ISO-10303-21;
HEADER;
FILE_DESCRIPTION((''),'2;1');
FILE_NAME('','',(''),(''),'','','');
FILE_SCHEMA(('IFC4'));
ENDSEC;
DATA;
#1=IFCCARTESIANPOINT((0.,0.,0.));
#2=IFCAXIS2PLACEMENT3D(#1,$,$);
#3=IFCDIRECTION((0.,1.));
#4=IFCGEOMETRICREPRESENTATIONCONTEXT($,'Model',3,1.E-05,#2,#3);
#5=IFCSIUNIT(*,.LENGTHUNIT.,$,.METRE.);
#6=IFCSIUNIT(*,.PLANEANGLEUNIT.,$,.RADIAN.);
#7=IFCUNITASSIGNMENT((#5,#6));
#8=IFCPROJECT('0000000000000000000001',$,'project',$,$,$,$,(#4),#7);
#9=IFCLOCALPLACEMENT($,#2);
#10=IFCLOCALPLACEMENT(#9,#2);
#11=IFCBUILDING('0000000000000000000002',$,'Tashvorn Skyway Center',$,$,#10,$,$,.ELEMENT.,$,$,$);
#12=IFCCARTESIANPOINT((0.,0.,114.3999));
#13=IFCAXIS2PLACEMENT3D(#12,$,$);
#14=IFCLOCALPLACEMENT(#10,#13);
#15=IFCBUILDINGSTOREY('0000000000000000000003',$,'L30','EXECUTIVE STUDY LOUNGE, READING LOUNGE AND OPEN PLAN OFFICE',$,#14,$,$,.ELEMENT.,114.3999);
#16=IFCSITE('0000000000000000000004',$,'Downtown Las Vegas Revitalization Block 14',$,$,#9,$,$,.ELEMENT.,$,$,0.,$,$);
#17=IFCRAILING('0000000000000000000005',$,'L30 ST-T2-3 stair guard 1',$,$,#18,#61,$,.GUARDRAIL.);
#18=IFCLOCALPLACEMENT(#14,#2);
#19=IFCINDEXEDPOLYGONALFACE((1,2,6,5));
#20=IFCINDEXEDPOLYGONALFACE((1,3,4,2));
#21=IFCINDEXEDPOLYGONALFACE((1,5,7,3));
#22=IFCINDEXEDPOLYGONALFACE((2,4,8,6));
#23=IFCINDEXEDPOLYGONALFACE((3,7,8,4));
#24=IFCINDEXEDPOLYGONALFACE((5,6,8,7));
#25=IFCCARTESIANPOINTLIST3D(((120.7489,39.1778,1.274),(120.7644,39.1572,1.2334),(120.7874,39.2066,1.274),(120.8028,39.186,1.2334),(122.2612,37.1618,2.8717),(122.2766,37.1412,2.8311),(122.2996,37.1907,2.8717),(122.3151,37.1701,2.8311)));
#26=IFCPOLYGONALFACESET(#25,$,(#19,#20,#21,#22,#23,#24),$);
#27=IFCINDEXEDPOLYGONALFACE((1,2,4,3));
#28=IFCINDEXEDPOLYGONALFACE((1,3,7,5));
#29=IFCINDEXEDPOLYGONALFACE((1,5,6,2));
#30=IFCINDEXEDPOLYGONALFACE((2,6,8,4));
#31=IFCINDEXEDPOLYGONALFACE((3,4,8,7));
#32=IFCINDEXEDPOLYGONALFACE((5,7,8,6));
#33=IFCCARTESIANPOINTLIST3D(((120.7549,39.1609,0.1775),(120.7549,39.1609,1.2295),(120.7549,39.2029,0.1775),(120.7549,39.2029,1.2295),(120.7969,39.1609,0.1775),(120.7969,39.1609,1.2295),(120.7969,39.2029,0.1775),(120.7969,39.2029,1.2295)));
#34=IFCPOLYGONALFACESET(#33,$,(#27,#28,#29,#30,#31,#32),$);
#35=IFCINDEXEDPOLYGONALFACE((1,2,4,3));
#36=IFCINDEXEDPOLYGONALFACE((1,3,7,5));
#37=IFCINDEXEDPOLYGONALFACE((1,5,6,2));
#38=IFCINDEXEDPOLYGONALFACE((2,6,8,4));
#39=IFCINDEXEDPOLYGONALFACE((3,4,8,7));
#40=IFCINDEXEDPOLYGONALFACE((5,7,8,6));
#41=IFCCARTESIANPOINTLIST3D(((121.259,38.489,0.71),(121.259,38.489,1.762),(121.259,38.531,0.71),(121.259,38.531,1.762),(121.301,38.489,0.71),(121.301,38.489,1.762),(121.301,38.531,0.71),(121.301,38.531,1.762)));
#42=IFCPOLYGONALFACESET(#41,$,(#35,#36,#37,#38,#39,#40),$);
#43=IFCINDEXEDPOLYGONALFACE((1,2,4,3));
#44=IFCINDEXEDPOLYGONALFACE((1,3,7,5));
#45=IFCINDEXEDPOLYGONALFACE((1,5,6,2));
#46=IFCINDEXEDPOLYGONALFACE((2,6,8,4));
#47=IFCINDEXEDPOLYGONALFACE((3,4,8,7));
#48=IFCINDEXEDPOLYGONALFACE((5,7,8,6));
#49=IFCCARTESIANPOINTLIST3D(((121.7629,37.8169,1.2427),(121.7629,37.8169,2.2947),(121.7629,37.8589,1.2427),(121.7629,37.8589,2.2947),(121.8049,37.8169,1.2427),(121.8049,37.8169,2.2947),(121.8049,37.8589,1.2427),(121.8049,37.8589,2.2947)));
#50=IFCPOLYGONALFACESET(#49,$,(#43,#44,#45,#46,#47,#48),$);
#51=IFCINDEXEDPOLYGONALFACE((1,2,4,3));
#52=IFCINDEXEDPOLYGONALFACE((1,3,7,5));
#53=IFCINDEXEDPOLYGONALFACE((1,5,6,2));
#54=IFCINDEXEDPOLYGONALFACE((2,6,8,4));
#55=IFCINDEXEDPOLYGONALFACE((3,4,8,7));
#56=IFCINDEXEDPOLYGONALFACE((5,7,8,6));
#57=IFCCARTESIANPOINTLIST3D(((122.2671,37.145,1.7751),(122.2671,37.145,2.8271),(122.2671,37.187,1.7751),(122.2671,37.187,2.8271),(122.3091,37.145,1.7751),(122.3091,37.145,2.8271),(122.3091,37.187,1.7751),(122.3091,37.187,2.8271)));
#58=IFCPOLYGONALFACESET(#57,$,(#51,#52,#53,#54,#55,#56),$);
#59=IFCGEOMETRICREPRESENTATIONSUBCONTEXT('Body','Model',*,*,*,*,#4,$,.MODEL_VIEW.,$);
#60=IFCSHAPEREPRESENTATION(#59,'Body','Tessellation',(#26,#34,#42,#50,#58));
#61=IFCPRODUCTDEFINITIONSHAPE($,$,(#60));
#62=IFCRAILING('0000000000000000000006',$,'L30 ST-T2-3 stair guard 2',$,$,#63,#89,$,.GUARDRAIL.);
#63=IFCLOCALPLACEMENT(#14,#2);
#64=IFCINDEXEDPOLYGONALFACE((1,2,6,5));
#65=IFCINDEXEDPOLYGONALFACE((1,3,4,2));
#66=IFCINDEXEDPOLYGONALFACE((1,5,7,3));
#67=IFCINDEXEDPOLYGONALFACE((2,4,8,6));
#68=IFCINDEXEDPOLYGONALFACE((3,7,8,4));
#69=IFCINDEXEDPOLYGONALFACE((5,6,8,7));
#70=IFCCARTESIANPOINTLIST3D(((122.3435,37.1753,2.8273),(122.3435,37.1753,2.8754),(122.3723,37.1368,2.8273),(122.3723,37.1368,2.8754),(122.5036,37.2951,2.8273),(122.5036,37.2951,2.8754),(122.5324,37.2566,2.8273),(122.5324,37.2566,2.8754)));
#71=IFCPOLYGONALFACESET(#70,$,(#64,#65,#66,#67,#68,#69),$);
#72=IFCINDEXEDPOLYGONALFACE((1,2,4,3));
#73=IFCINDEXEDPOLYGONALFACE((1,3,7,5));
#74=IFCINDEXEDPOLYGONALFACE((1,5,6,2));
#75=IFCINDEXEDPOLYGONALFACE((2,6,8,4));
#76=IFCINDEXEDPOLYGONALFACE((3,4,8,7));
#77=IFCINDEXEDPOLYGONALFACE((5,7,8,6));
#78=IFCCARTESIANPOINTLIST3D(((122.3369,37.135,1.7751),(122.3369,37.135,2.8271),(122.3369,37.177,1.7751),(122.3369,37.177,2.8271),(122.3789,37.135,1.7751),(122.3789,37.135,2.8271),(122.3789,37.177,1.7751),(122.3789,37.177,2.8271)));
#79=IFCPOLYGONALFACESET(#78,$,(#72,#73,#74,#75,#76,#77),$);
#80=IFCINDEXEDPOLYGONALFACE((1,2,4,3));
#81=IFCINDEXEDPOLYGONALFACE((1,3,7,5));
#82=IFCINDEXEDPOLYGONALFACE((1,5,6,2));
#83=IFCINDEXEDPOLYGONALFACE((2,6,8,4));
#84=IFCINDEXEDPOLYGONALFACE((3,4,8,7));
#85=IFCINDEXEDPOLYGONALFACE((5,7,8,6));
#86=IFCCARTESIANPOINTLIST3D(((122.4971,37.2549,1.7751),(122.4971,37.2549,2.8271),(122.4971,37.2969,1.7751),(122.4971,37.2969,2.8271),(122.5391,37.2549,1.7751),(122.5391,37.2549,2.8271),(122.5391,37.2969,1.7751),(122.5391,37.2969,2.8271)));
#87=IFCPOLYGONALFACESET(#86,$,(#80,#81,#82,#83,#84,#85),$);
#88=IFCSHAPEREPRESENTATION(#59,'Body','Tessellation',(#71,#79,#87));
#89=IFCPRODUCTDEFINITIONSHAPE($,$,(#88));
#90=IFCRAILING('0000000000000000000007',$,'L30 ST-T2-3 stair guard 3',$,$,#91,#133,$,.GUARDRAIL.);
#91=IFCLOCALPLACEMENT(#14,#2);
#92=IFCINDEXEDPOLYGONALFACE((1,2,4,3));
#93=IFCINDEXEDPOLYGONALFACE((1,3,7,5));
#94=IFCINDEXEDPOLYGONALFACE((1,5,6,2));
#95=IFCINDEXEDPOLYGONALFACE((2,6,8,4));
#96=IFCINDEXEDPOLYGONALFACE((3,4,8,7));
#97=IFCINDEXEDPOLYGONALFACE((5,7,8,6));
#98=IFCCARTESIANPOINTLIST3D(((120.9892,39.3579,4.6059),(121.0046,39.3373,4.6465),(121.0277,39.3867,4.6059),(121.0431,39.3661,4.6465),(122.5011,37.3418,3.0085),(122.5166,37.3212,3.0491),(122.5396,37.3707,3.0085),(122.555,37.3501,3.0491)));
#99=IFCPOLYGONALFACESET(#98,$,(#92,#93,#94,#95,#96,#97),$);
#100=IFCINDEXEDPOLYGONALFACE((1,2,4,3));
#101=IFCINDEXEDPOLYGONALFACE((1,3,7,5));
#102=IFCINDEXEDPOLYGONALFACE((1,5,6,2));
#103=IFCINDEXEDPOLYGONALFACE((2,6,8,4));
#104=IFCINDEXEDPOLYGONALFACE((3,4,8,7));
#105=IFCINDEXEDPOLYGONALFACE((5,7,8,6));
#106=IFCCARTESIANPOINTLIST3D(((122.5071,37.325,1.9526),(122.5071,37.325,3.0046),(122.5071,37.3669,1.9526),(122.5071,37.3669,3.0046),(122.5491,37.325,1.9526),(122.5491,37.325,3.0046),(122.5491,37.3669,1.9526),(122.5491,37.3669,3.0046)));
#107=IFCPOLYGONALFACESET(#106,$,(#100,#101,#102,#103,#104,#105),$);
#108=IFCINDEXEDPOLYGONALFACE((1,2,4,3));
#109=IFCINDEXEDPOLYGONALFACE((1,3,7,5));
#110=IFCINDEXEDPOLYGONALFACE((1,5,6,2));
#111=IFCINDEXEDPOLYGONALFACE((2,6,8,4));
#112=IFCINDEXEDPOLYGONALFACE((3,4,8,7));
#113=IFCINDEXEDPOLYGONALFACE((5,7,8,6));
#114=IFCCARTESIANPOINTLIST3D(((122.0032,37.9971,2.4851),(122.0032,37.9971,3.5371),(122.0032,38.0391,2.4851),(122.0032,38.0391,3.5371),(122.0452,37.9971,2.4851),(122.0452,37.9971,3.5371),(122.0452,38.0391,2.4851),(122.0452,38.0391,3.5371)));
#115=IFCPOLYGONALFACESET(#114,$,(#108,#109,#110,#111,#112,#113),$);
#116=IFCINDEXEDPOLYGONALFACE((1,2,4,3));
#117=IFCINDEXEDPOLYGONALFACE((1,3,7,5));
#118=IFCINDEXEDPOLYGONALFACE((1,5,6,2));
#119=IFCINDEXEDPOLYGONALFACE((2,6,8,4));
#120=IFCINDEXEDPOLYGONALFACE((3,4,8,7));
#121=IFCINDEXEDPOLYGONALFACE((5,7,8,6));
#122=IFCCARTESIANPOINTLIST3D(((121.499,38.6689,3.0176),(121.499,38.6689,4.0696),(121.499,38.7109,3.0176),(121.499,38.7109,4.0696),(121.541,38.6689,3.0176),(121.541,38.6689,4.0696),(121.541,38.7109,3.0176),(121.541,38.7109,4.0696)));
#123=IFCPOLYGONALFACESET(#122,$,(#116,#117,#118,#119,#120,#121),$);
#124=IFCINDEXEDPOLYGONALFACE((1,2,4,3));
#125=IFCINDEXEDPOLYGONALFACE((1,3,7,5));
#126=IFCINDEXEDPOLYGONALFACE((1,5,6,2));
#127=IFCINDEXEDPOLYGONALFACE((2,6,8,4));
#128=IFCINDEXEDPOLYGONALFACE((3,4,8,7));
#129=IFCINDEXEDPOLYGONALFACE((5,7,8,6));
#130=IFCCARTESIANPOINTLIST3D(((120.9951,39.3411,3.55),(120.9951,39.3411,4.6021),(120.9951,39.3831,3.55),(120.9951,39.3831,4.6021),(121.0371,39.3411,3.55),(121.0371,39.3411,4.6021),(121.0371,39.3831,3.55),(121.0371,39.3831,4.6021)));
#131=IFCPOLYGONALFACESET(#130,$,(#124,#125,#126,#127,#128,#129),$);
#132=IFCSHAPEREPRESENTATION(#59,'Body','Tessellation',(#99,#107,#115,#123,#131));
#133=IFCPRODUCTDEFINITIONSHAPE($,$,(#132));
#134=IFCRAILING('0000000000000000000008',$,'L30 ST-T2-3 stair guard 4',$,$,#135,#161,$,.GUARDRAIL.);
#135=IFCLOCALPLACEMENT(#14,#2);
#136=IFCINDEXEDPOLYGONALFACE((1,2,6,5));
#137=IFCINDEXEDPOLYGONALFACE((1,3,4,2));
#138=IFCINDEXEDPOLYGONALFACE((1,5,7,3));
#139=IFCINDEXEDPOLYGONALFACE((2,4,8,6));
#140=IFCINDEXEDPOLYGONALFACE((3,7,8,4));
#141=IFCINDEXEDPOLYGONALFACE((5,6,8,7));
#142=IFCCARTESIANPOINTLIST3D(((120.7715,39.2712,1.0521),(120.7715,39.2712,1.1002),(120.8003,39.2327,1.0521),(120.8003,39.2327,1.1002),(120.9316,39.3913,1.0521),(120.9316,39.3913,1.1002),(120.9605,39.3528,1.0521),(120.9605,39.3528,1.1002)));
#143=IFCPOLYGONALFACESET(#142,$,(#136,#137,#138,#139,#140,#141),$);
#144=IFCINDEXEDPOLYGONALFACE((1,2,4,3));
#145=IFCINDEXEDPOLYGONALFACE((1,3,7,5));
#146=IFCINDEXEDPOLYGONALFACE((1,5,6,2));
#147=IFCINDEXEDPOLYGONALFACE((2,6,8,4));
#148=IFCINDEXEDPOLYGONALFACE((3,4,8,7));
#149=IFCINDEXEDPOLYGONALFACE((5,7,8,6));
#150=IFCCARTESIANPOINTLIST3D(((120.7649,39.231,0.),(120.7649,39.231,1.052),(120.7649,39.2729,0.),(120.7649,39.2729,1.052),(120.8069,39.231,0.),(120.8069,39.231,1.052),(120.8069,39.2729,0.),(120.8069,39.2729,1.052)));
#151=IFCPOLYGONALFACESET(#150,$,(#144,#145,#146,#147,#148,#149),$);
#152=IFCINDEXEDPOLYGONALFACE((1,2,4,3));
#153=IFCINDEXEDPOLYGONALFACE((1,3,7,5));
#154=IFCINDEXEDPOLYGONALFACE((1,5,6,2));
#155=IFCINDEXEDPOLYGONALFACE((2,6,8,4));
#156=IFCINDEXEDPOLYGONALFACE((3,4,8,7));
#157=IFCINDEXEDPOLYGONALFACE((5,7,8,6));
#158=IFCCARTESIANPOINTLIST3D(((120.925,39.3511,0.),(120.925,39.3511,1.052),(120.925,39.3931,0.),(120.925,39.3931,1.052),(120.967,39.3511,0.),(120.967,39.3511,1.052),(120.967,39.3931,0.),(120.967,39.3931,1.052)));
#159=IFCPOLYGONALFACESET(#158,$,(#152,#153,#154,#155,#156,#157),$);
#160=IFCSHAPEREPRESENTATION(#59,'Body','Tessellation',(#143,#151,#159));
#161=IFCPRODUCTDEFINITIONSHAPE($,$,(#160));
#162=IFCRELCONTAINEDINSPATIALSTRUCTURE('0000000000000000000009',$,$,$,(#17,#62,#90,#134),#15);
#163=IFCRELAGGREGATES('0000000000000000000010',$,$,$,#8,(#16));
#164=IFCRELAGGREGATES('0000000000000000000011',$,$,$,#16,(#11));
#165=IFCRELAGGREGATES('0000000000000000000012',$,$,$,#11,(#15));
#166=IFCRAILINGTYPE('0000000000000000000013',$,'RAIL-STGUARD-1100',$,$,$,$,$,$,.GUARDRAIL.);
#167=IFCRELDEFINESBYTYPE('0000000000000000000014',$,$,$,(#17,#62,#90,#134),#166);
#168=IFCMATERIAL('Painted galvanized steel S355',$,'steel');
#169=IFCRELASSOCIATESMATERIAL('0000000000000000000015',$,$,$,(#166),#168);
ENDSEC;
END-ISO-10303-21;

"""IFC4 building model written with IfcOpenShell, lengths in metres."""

from ifc_helpers import new_model, si_unit, direction, frame, origin, origin_2d, place, context, subcontext, project, spatial, rectangle, extrude, material, type_object, element, save


model = new_model("IFC4")

# Units and contexts
model_context = context("Model", 3, precision=1e-05, world=origin(), true_north=direction((0.0, 1.0)))
body_context = subcontext(model_context, "Body", "Model", "MODEL_VIEW")
ifc_project = project(units=[si_unit("LENGTHUNIT", "METRE"), si_unit("PLANEANGLEUNIT", "RADIAN")], contexts=[model_context])

# Site, building, storey
site_placement = place(None, origin())
site = spatial("IfcSite", under=ifc_project, at=site_placement, Name="Downtown Las Vegas Revitalization Block 14", CompositionType="ELEMENT", RefElevation=0.0)
building_placement = place(site_placement, origin())
building = spatial("IfcBuilding", under=site, at=building_placement, Name="Tashvorn Skyway Center", CompositionType="ELEMENT")
storey_placement = place(building_placement, frame((0.0, 0.0, 114.3999)))
storey = spatial("IfcBuildingStorey", under=building, at=storey_placement, Name="L30", Description="EXECUTIVE STUDY LOUNGE, READING LOUNGE AND OPEN PLAN OFFICE", CompositionType="ELEMENT", Elevation=114.3999)

# Railings
ifc_material_1 = material(Name="Painted galvanized steel S355", Category="steel")
railing_type_1 = type_object("IfcRailingType", Name="RAIL-STGUARD-1100", PredefinedType="GUARDRAIL", material=ifc_material_1)
railing_1_placement = place(storey_placement, frame((120.7759, 39.1819, 0.1775)))
element("IfcRailing", 1, at=railing_1_placement, inside=storey, type_object=railing_type_1, Name="L30 ST-T2-3 stair guard 1", PredefinedType="GUARDRAIL", context=body_context, shape_type="SweptSolid", body=[
    extrude(rectangle(XDim=0.0481, YDim=0.0481, at=origin_2d()), frame((0.0, 0.0, 1.0762), z_axis=(0.506807, -0.675607, 0.535445), x_axis=(0.799942, 0.600078, 0.0)), (0.0, 0.0, 1.0), 2.9839),
    extrude(rectangle(XDim=0.042, YDim=0.042, at=origin_2d()), origin(), (0.0, 0.0, 1.0), 1.052),
    extrude(rectangle(XDim=0.042, YDim=0.042, at=origin_2d()), frame((0.5042, -0.6719, 0.5325)), (0.0, 0.0, 1.0), 1.052),
    extrude(rectangle(XDim=0.042, YDim=0.042, at=origin_2d()), frame((1.0081, -1.344, 1.0652)), (0.0, 0.0, 1.0), 1.052),
    extrude(rectangle(XDim=0.042, YDim=0.042, at=origin_2d()), frame((1.5122, -2.0159, 1.5977)), (0.0, 0.0, 1.0), 1.052),
])
railing_2_placement = place(storey_placement, frame((122.3579, 37.156, 1.7751)))
element("IfcRailing", 2, at=railing_2_placement, inside=storey, type_object=railing_type_1, Name="L30 ST-T2-3 stair guard 2", PredefinedType="GUARDRAIL", context=body_context, shape_type="SweptSolid", body=[
    extrude(rectangle(XDim=0.0481, YDim=0.0481, at=origin_2d()), frame((0.0, 0.0, 1.0762), z_axis=(0.800585, 0.599219, 0.0), x_axis=(-0.599219, 0.800585, 0.0)), (0.0, 0.0, 1.0), 0.2),
    extrude(rectangle(XDim=0.042, YDim=0.042, at=origin_2d()), origin(), (0.0, 0.0, 1.0), 1.052),
    extrude(rectangle(XDim=0.042, YDim=0.042, at=origin_2d()), frame((0.1602, 0.1199, 0.0)), (0.0, 0.0, 1.0), 1.052),
])
railing_3_placement = place(storey_placement, frame((122.5281, 37.3459, 1.9526)))
element("IfcRailing", 3, at=railing_3_placement, inside=storey, type_object=railing_type_1, Name="L30 ST-T2-3 stair guard 3", PredefinedType="GUARDRAIL", context=body_context, shape_type="SweptSolid", body=[
    extrude(rectangle(XDim=0.0481, YDim=0.0481, at=origin_2d()), frame((0.0, 0.0, 1.0762), z_axis=(-0.506741, 0.675709, 0.535379), x_axis=(-0.800023, -0.599969, 0.0)), (0.0, 0.0, 1.0), 2.9836),
    extrude(rectangle(XDim=0.042, YDim=0.042, at=origin_2d()), origin(), (0.0, 0.0, 1.0), 1.052),
    extrude(rectangle(XDim=0.042, YDim=0.042, at=origin_2d()), frame((-0.5039, 0.6721, 0.5325)), (0.0, 0.0, 1.0), 1.052),
    extrude(rectangle(XDim=0.042, YDim=0.042, at=origin_2d()), frame((-1.0081, 1.344, 1.0649)), (0.0, 0.0, 1.0), 1.052),
    extrude(rectangle(XDim=0.042, YDim=0.042, at=origin_2d()), frame((-1.512, 2.0161, 1.5974)), (0.0, 0.0, 1.0), 1.052),
])
railing_4_placement = place(storey_placement, frame((120.7859, 39.252, 0.0)))
element("IfcRailing", 4, at=railing_4_placement, inside=storey, type_object=railing_type_1, Name="L30 ST-T2-3 stair guard 4", PredefinedType="GUARDRAIL", context=body_context, shape_type="SweptSolid", body=[
    extrude(rectangle(XDim=0.0481, YDim=0.0481, at=origin_2d()), frame((0.0, 0.0, 1.0762), z_axis=(0.8, 0.6, 0.0), x_axis=(-0.6, 0.8, 0.0)), (0.0, 0.0, 1.0), 0.2002),
    extrude(rectangle(XDim=0.042, YDim=0.042, at=origin_2d()), origin(), (0.0, 0.0, 1.0), 1.052),
    extrude(rectangle(XDim=0.042, YDim=0.042, at=origin_2d()), frame((0.1602, 0.1201, 0.0)), (0.0, 0.0, 1.0), 1.052),
])

save(model, "model.ifc")
